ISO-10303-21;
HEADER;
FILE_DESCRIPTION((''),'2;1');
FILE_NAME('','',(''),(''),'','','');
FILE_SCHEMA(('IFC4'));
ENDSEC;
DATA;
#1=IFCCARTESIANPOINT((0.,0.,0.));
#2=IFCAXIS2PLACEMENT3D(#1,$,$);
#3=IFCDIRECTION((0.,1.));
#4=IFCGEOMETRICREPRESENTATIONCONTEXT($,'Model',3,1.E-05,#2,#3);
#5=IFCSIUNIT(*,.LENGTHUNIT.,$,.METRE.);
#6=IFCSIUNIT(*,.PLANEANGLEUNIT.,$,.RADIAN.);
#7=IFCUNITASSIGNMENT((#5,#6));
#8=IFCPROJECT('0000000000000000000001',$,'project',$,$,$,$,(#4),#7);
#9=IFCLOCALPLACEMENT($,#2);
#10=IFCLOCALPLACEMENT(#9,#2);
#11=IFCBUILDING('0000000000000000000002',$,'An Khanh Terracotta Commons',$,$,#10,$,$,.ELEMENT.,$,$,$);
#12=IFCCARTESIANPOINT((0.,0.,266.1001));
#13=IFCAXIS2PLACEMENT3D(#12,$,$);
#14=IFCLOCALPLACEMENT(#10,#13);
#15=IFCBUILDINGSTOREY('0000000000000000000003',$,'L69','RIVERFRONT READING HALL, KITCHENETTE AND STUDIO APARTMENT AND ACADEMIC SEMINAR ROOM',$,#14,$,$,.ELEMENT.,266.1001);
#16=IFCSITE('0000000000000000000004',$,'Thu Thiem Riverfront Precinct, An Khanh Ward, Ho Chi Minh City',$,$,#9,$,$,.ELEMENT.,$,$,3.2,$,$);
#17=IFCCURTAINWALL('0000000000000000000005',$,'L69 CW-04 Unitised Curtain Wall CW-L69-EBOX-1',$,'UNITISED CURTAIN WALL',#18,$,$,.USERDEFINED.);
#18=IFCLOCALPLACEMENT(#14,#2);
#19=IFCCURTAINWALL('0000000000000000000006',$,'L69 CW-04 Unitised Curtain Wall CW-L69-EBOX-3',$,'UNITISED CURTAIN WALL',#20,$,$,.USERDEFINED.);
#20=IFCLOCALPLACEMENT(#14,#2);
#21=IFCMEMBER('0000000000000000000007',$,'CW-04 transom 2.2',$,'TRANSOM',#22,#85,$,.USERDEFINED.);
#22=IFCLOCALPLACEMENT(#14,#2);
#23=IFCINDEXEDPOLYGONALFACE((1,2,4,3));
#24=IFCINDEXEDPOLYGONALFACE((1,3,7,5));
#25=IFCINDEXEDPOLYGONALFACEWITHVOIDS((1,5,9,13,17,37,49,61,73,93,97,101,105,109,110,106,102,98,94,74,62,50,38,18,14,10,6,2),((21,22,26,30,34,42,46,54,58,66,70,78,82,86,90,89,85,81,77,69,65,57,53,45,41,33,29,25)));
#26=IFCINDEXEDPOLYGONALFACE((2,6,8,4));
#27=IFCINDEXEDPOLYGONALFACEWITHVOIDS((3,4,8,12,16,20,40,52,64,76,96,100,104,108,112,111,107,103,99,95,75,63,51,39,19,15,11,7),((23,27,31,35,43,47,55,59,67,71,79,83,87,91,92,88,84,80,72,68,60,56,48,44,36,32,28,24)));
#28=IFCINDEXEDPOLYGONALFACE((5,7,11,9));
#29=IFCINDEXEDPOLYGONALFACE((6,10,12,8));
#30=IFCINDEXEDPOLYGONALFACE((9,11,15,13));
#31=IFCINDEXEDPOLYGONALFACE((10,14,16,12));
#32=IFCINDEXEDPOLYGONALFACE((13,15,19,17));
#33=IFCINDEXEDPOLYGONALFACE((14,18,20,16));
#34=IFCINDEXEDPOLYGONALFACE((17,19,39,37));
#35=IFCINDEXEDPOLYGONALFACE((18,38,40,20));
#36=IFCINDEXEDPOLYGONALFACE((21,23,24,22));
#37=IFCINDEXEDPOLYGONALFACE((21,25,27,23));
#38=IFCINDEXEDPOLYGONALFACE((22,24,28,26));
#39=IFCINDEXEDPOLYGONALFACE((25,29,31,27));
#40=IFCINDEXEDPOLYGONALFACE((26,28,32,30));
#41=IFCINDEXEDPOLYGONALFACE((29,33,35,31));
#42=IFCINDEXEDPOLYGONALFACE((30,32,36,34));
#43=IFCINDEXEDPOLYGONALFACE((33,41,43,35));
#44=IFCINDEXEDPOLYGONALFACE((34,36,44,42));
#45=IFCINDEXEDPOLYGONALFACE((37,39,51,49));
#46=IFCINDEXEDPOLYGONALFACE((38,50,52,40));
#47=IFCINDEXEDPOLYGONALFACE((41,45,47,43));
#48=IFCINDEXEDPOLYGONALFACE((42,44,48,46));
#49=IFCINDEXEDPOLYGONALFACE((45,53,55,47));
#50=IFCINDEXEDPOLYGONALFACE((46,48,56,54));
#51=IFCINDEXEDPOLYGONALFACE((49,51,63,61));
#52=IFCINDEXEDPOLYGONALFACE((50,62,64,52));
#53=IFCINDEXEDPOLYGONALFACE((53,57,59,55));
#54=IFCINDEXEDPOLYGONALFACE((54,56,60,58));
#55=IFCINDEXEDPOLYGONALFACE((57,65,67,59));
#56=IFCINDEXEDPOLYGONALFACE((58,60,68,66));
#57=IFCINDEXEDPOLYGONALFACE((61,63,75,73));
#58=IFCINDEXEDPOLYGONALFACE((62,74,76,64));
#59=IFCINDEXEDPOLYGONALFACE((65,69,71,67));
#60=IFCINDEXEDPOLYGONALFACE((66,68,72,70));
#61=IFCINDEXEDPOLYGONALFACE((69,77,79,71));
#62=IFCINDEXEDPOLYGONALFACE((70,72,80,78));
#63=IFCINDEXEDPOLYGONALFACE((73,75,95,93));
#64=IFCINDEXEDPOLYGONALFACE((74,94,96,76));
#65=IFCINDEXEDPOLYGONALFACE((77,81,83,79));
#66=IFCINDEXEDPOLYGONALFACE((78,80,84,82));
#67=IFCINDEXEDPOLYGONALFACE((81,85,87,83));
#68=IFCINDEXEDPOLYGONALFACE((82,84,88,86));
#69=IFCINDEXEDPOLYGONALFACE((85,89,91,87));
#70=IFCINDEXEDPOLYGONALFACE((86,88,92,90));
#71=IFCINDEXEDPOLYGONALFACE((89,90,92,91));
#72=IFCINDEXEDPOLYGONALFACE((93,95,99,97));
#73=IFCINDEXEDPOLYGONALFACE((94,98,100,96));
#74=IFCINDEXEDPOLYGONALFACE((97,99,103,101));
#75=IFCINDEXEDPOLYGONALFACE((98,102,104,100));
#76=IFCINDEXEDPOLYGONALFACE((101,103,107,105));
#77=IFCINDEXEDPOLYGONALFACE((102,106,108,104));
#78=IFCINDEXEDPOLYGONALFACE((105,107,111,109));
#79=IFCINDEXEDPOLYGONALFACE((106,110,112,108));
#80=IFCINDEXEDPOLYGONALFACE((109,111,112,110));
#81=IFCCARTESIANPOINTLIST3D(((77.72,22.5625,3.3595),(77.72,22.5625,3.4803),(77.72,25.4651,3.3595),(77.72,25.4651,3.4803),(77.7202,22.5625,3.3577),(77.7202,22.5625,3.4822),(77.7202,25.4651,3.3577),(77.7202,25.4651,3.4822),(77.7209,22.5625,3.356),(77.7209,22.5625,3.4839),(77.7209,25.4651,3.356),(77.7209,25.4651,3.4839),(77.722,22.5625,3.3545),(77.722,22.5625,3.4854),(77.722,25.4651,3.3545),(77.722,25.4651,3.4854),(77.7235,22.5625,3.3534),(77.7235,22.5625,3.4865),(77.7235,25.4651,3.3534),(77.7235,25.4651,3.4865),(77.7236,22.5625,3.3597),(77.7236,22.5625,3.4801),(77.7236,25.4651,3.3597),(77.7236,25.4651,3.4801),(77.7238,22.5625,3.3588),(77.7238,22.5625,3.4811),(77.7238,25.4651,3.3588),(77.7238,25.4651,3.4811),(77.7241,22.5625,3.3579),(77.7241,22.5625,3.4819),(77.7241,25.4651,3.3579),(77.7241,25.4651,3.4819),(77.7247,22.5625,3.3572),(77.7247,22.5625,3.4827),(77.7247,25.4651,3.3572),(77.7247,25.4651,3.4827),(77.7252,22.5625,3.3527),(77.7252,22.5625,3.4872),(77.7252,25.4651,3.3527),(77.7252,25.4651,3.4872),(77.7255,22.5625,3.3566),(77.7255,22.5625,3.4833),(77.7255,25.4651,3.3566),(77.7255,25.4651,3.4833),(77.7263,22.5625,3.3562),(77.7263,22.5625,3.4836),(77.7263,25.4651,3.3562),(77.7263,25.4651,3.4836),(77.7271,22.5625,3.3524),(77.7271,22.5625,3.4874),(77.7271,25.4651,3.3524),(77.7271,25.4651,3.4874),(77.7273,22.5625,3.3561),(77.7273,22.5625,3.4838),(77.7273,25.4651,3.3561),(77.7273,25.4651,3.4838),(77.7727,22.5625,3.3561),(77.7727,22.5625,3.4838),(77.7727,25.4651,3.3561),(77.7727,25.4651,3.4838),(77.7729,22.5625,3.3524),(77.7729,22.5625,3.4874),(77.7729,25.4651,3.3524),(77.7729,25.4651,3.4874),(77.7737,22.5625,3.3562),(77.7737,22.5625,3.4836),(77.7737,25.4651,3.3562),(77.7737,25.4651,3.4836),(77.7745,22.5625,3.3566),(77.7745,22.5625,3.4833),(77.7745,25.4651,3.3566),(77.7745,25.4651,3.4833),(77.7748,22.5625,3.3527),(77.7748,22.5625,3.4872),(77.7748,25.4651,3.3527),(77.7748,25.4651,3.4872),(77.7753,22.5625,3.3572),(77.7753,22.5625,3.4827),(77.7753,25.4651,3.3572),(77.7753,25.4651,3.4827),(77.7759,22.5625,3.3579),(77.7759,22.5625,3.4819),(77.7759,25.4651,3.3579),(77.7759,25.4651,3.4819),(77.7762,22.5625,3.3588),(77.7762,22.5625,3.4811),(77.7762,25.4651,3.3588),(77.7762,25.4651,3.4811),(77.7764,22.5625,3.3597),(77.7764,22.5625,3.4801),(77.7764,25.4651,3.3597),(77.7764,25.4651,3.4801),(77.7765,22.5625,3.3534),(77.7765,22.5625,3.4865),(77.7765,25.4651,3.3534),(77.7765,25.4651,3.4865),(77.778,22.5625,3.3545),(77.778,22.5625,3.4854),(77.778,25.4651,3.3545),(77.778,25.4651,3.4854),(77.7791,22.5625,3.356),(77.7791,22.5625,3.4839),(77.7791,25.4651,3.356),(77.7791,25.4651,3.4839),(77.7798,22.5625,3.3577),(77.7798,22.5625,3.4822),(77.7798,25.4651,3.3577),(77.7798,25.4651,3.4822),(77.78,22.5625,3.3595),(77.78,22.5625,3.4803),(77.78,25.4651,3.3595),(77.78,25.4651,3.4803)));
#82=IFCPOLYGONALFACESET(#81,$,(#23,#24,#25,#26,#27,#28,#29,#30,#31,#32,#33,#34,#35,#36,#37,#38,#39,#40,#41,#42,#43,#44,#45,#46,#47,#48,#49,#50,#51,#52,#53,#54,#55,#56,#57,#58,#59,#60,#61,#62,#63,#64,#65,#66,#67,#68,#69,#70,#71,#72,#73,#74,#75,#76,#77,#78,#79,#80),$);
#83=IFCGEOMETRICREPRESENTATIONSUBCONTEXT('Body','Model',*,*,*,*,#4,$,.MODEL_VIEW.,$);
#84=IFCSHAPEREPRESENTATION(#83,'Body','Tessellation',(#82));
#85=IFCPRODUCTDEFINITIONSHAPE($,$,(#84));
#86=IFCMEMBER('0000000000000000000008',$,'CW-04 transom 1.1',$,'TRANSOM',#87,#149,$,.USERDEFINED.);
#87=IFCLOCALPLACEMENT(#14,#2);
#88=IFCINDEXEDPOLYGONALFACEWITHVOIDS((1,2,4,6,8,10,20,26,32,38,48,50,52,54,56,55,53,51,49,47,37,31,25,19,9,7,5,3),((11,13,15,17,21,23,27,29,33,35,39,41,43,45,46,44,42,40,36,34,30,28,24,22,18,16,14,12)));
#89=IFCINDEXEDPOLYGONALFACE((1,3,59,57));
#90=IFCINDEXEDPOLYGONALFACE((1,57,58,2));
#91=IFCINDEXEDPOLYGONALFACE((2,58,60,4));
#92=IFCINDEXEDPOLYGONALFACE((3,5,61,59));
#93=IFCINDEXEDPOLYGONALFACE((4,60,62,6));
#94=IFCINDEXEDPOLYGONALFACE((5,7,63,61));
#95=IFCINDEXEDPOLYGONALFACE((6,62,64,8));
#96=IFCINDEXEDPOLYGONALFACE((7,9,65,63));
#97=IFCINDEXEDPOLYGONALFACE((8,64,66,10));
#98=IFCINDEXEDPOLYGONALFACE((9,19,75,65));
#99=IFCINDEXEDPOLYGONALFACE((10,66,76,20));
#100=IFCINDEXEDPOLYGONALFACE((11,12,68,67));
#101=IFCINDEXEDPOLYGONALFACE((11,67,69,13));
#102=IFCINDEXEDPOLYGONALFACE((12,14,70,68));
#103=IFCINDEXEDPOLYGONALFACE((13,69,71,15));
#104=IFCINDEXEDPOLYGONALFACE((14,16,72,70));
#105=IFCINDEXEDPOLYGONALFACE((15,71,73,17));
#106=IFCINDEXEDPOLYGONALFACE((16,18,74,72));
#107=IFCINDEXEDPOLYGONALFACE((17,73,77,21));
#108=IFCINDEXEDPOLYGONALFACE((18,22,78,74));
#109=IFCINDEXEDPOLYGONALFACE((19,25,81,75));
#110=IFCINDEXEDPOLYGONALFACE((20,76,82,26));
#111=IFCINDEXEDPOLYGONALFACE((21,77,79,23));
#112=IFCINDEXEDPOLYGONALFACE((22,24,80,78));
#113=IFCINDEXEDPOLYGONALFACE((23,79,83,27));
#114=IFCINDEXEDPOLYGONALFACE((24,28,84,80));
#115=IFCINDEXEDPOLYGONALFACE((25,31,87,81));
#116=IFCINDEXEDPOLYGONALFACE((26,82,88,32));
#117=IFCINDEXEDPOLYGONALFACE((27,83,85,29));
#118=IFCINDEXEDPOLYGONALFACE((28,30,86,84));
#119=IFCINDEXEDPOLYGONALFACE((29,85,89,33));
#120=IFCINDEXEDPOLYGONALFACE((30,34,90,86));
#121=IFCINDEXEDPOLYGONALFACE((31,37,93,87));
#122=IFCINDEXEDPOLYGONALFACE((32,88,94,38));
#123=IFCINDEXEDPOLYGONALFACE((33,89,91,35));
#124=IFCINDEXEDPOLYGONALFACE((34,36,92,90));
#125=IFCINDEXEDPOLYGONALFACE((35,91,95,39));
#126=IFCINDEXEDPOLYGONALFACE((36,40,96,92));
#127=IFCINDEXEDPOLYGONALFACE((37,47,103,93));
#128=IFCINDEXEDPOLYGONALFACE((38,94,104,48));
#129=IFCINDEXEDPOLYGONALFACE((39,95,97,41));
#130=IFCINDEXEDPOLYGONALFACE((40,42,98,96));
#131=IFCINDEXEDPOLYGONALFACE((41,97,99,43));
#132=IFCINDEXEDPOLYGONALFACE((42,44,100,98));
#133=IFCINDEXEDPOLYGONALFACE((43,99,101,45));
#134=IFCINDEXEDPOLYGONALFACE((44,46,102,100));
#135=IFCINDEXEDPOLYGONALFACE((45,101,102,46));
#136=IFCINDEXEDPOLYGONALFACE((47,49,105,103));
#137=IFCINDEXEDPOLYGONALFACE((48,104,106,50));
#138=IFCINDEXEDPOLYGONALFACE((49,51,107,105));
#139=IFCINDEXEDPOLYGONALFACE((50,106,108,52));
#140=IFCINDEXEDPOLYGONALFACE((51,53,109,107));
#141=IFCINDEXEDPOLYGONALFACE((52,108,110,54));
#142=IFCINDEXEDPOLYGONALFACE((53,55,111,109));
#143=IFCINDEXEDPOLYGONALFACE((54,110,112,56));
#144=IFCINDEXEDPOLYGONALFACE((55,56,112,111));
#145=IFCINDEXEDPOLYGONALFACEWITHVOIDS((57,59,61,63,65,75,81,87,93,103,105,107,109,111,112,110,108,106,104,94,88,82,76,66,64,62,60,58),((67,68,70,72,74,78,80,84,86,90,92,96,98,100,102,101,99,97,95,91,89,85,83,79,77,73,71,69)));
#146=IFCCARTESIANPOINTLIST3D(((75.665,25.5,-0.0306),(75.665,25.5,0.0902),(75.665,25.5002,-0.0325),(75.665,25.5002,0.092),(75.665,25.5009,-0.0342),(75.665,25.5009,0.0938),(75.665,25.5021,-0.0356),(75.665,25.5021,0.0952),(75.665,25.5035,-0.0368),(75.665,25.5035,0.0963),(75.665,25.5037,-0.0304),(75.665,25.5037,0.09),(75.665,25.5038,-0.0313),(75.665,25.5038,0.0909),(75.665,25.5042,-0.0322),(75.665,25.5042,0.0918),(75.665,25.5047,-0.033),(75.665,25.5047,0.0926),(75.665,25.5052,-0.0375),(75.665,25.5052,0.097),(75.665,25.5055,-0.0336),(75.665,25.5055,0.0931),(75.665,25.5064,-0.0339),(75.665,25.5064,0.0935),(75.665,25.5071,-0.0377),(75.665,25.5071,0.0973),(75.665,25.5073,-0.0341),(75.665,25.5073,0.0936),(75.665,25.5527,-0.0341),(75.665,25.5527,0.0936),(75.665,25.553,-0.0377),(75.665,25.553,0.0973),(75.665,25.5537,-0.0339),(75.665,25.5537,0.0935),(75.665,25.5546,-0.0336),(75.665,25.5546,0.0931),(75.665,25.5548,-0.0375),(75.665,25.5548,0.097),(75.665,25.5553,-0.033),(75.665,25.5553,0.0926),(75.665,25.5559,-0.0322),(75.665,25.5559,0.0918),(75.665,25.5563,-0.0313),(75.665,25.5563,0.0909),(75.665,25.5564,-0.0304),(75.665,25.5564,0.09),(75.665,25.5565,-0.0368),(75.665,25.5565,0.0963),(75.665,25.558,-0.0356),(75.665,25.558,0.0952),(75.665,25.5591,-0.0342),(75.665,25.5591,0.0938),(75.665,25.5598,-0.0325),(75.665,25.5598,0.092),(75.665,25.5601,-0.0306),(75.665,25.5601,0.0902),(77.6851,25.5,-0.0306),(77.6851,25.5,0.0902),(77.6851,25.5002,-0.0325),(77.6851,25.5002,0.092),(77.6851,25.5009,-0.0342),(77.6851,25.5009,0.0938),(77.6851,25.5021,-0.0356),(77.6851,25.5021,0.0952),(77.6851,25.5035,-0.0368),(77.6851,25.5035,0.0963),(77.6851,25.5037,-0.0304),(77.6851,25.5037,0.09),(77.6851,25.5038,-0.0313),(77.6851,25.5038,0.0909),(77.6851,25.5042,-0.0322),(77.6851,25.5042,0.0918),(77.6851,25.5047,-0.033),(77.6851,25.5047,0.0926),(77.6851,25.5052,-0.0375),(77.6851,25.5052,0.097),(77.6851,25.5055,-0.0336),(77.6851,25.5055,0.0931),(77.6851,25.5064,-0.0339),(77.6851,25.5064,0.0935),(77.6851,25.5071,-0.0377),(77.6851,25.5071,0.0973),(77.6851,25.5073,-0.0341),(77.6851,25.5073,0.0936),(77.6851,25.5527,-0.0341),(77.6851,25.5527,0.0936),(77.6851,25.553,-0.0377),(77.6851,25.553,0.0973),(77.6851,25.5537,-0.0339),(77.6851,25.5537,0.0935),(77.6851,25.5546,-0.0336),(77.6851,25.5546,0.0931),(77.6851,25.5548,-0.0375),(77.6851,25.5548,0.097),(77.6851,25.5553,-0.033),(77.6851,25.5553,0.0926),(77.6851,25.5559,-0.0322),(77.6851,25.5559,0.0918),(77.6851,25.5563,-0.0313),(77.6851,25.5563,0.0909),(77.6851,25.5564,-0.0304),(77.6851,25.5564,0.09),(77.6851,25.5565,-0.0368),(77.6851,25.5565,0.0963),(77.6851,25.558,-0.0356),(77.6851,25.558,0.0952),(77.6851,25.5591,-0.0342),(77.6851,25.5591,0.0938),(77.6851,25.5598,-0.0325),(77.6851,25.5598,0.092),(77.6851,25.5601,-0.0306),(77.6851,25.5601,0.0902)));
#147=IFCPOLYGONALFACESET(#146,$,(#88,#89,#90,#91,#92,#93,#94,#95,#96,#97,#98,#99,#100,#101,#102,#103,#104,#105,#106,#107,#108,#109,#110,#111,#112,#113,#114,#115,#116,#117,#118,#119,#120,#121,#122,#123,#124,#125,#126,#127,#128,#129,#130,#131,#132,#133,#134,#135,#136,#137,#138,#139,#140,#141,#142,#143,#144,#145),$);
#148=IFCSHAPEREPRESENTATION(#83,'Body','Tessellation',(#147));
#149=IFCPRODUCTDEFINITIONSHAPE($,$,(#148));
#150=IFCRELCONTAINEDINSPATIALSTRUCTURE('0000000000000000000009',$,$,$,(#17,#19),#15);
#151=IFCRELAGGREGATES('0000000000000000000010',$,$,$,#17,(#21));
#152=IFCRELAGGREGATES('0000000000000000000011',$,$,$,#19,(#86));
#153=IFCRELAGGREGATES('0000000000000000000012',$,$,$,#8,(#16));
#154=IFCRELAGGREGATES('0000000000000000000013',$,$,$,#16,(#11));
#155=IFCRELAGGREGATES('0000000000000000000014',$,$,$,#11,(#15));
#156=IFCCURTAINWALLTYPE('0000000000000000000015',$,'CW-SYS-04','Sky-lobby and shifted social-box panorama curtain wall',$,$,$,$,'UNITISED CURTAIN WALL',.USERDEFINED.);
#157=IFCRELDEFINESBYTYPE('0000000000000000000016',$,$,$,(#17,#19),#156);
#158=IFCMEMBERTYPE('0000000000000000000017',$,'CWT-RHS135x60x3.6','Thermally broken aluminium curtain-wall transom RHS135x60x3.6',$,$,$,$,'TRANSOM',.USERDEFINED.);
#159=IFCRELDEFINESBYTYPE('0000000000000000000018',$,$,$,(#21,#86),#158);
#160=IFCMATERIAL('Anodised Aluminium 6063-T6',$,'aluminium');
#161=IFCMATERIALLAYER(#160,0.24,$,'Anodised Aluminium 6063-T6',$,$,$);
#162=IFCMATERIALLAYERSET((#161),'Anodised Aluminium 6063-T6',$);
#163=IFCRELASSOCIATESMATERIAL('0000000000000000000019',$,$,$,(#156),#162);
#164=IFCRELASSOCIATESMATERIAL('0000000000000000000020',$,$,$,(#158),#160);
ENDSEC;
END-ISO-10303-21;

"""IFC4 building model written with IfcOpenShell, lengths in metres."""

from ifc_helpers import new_model, si_unit, direction, frame, origin, origin_2d, place, context, subcontext, project, spatial, hollow_rectangle, extrude, material, layer, layer_set, material_profile, profile_set, type_object, element, aggregate, save


model = new_model("IFC4")

# Units and contexts
model_context = context("Model", 3, precision=1e-05, world=origin(), true_north=direction((0.0, 1.0)))
body_context = subcontext(model_context, "Body", "Model", "MODEL_VIEW")
ifc_project = project(units=[si_unit("LENGTHUNIT", "METRE"), si_unit("PLANEANGLEUNIT", "RADIAN")], contexts=[model_context])

# Site, building, storey
site_placement = place(None, origin())
site = spatial("IfcSite", under=ifc_project, at=site_placement, Name="Thu Thiem Riverfront Precinct, An Khanh Ward, Ho Chi Minh City", CompositionType="ELEMENT", RefElevation=3.2)
building_placement = place(site_placement, origin())
building = spatial("IfcBuilding", under=site, at=building_placement, Name="An Khanh Terracotta Commons", CompositionType="ELEMENT")
storey_placement = place(building_placement, frame((0.0, 0.0, 266.1001)))
storey = spatial("IfcBuildingStorey", under=building, at=storey_placement, Name="L69", Description="RIVERFRONT READING HALL, KITCHENETTE AND STUDIO APARTMENT AND ACADEMIC SEMINAR ROOM", CompositionType="ELEMENT", Elevation=266.1001)

# Curtain wall
ifc_material_1 = material(Name="Anodised Aluminium 6063-T6", Category="aluminium")
ifc_layer_1 = layer(ifc_material_1, 0.24, Name="Anodised Aluminium 6063-T6")
ifc_layer_set_1 = layer_set([ifc_layer_1], Name="Anodised Aluminium 6063-T6")
curtain_wall_type_1 = type_object("IfcCurtainWallType", Name="CW-SYS-04", Description="Sky-lobby and shifted social-box panorama curtain wall", ElementType="UNITISED CURTAIN WALL", PredefinedType="USERDEFINED", material=ifc_layer_set_1)
curtain_wall_1_placement = place(storey_placement, origin())
curtain_wall_1 = element("IfcCurtainWall", 1, at=curtain_wall_1_placement, inside=storey, type_object=curtain_wall_type_1, Name="L69 CW-04 Unitised Curtain Wall CW-L69-EBOX-1", ObjectType="UNITISED CURTAIN WALL", PredefinedType="USERDEFINED")

# Curtain wall
curtain_wall_2_placement = place(storey_placement, origin())
curtain_wall_2 = element("IfcCurtainWall", 2, at=curtain_wall_2_placement, inside=storey, type_object=curtain_wall_type_1, Name="L69 CW-04 Unitised Curtain Wall CW-L69-EBOX-3", ObjectType="UNITISED CURTAIN WALL", PredefinedType="USERDEFINED")

# Members
ifc_material_profile_1 = material_profile(ifc_material_1, hollow_rectangle(XDim=0.0601, YDim=0.135, WallThickness=0.0037, InnerFilletRadius=0.0037, OuterFilletRadius=0.0071, at=origin_2d()), Name="RHS135x60x3.6")
ifc_profile_set_1 = profile_set([ifc_material_profile_1], Name="Anodised Aluminium 6063-T6")
member_type_1 = type_object("IfcMemberType", Name="CWT-RHS135x60x3.6", Description="Thermally broken aluminium curtain-wall transom RHS135x60x3.6", ElementType="TRANSOM", PredefinedType="USERDEFINED", material=ifc_profile_set_1)
member_1_placement = place(storey_placement, frame((77.75, 22.5625, 3.4199), z_axis=(0.0, 1.0, 0.0), x_axis=(-1.0, 0.0, 0.0)))
member_1 = element("IfcMember", 3, at=member_1_placement, type_object=member_type_1, Name="CW-04 transom 2.2", ObjectType="TRANSOM", PredefinedType="USERDEFINED", context=body_context, shape_type="SweptSolid", body=[
    extrude(hollow_rectangle(XDim=0.0601, YDim=0.135, WallThickness=0.0037, InnerFilletRadius=0.0037, OuterFilletRadius=0.0071, at=origin_2d()), origin(), (0.0, 0.0, 1.0), 2.9026),
])
member_2_placement = place(storey_placement, frame((77.6851, 25.53, 0.0298), z_axis=(-1.0, 0.0, 0.0), x_axis=(0.0, -1.0, 0.0)))
member_2 = element("IfcMember", 4, at=member_2_placement, type_object=member_type_1, Name="CW-04 transom 1.1", ObjectType="TRANSOM", PredefinedType="USERDEFINED", context=body_context, shape_type="SweptSolid", body=[
    extrude(hollow_rectangle(XDim=0.0601, YDim=0.135, WallThickness=0.0037, InnerFilletRadius=0.0037, OuterFilletRadius=0.0071, at=origin_2d()), origin(), (0.0, 0.0, 1.0), 2.02),
])

aggregate(curtain_wall_1, [member_1])
aggregate(curtain_wall_2, [member_2])

save(model, "model.ifc")
